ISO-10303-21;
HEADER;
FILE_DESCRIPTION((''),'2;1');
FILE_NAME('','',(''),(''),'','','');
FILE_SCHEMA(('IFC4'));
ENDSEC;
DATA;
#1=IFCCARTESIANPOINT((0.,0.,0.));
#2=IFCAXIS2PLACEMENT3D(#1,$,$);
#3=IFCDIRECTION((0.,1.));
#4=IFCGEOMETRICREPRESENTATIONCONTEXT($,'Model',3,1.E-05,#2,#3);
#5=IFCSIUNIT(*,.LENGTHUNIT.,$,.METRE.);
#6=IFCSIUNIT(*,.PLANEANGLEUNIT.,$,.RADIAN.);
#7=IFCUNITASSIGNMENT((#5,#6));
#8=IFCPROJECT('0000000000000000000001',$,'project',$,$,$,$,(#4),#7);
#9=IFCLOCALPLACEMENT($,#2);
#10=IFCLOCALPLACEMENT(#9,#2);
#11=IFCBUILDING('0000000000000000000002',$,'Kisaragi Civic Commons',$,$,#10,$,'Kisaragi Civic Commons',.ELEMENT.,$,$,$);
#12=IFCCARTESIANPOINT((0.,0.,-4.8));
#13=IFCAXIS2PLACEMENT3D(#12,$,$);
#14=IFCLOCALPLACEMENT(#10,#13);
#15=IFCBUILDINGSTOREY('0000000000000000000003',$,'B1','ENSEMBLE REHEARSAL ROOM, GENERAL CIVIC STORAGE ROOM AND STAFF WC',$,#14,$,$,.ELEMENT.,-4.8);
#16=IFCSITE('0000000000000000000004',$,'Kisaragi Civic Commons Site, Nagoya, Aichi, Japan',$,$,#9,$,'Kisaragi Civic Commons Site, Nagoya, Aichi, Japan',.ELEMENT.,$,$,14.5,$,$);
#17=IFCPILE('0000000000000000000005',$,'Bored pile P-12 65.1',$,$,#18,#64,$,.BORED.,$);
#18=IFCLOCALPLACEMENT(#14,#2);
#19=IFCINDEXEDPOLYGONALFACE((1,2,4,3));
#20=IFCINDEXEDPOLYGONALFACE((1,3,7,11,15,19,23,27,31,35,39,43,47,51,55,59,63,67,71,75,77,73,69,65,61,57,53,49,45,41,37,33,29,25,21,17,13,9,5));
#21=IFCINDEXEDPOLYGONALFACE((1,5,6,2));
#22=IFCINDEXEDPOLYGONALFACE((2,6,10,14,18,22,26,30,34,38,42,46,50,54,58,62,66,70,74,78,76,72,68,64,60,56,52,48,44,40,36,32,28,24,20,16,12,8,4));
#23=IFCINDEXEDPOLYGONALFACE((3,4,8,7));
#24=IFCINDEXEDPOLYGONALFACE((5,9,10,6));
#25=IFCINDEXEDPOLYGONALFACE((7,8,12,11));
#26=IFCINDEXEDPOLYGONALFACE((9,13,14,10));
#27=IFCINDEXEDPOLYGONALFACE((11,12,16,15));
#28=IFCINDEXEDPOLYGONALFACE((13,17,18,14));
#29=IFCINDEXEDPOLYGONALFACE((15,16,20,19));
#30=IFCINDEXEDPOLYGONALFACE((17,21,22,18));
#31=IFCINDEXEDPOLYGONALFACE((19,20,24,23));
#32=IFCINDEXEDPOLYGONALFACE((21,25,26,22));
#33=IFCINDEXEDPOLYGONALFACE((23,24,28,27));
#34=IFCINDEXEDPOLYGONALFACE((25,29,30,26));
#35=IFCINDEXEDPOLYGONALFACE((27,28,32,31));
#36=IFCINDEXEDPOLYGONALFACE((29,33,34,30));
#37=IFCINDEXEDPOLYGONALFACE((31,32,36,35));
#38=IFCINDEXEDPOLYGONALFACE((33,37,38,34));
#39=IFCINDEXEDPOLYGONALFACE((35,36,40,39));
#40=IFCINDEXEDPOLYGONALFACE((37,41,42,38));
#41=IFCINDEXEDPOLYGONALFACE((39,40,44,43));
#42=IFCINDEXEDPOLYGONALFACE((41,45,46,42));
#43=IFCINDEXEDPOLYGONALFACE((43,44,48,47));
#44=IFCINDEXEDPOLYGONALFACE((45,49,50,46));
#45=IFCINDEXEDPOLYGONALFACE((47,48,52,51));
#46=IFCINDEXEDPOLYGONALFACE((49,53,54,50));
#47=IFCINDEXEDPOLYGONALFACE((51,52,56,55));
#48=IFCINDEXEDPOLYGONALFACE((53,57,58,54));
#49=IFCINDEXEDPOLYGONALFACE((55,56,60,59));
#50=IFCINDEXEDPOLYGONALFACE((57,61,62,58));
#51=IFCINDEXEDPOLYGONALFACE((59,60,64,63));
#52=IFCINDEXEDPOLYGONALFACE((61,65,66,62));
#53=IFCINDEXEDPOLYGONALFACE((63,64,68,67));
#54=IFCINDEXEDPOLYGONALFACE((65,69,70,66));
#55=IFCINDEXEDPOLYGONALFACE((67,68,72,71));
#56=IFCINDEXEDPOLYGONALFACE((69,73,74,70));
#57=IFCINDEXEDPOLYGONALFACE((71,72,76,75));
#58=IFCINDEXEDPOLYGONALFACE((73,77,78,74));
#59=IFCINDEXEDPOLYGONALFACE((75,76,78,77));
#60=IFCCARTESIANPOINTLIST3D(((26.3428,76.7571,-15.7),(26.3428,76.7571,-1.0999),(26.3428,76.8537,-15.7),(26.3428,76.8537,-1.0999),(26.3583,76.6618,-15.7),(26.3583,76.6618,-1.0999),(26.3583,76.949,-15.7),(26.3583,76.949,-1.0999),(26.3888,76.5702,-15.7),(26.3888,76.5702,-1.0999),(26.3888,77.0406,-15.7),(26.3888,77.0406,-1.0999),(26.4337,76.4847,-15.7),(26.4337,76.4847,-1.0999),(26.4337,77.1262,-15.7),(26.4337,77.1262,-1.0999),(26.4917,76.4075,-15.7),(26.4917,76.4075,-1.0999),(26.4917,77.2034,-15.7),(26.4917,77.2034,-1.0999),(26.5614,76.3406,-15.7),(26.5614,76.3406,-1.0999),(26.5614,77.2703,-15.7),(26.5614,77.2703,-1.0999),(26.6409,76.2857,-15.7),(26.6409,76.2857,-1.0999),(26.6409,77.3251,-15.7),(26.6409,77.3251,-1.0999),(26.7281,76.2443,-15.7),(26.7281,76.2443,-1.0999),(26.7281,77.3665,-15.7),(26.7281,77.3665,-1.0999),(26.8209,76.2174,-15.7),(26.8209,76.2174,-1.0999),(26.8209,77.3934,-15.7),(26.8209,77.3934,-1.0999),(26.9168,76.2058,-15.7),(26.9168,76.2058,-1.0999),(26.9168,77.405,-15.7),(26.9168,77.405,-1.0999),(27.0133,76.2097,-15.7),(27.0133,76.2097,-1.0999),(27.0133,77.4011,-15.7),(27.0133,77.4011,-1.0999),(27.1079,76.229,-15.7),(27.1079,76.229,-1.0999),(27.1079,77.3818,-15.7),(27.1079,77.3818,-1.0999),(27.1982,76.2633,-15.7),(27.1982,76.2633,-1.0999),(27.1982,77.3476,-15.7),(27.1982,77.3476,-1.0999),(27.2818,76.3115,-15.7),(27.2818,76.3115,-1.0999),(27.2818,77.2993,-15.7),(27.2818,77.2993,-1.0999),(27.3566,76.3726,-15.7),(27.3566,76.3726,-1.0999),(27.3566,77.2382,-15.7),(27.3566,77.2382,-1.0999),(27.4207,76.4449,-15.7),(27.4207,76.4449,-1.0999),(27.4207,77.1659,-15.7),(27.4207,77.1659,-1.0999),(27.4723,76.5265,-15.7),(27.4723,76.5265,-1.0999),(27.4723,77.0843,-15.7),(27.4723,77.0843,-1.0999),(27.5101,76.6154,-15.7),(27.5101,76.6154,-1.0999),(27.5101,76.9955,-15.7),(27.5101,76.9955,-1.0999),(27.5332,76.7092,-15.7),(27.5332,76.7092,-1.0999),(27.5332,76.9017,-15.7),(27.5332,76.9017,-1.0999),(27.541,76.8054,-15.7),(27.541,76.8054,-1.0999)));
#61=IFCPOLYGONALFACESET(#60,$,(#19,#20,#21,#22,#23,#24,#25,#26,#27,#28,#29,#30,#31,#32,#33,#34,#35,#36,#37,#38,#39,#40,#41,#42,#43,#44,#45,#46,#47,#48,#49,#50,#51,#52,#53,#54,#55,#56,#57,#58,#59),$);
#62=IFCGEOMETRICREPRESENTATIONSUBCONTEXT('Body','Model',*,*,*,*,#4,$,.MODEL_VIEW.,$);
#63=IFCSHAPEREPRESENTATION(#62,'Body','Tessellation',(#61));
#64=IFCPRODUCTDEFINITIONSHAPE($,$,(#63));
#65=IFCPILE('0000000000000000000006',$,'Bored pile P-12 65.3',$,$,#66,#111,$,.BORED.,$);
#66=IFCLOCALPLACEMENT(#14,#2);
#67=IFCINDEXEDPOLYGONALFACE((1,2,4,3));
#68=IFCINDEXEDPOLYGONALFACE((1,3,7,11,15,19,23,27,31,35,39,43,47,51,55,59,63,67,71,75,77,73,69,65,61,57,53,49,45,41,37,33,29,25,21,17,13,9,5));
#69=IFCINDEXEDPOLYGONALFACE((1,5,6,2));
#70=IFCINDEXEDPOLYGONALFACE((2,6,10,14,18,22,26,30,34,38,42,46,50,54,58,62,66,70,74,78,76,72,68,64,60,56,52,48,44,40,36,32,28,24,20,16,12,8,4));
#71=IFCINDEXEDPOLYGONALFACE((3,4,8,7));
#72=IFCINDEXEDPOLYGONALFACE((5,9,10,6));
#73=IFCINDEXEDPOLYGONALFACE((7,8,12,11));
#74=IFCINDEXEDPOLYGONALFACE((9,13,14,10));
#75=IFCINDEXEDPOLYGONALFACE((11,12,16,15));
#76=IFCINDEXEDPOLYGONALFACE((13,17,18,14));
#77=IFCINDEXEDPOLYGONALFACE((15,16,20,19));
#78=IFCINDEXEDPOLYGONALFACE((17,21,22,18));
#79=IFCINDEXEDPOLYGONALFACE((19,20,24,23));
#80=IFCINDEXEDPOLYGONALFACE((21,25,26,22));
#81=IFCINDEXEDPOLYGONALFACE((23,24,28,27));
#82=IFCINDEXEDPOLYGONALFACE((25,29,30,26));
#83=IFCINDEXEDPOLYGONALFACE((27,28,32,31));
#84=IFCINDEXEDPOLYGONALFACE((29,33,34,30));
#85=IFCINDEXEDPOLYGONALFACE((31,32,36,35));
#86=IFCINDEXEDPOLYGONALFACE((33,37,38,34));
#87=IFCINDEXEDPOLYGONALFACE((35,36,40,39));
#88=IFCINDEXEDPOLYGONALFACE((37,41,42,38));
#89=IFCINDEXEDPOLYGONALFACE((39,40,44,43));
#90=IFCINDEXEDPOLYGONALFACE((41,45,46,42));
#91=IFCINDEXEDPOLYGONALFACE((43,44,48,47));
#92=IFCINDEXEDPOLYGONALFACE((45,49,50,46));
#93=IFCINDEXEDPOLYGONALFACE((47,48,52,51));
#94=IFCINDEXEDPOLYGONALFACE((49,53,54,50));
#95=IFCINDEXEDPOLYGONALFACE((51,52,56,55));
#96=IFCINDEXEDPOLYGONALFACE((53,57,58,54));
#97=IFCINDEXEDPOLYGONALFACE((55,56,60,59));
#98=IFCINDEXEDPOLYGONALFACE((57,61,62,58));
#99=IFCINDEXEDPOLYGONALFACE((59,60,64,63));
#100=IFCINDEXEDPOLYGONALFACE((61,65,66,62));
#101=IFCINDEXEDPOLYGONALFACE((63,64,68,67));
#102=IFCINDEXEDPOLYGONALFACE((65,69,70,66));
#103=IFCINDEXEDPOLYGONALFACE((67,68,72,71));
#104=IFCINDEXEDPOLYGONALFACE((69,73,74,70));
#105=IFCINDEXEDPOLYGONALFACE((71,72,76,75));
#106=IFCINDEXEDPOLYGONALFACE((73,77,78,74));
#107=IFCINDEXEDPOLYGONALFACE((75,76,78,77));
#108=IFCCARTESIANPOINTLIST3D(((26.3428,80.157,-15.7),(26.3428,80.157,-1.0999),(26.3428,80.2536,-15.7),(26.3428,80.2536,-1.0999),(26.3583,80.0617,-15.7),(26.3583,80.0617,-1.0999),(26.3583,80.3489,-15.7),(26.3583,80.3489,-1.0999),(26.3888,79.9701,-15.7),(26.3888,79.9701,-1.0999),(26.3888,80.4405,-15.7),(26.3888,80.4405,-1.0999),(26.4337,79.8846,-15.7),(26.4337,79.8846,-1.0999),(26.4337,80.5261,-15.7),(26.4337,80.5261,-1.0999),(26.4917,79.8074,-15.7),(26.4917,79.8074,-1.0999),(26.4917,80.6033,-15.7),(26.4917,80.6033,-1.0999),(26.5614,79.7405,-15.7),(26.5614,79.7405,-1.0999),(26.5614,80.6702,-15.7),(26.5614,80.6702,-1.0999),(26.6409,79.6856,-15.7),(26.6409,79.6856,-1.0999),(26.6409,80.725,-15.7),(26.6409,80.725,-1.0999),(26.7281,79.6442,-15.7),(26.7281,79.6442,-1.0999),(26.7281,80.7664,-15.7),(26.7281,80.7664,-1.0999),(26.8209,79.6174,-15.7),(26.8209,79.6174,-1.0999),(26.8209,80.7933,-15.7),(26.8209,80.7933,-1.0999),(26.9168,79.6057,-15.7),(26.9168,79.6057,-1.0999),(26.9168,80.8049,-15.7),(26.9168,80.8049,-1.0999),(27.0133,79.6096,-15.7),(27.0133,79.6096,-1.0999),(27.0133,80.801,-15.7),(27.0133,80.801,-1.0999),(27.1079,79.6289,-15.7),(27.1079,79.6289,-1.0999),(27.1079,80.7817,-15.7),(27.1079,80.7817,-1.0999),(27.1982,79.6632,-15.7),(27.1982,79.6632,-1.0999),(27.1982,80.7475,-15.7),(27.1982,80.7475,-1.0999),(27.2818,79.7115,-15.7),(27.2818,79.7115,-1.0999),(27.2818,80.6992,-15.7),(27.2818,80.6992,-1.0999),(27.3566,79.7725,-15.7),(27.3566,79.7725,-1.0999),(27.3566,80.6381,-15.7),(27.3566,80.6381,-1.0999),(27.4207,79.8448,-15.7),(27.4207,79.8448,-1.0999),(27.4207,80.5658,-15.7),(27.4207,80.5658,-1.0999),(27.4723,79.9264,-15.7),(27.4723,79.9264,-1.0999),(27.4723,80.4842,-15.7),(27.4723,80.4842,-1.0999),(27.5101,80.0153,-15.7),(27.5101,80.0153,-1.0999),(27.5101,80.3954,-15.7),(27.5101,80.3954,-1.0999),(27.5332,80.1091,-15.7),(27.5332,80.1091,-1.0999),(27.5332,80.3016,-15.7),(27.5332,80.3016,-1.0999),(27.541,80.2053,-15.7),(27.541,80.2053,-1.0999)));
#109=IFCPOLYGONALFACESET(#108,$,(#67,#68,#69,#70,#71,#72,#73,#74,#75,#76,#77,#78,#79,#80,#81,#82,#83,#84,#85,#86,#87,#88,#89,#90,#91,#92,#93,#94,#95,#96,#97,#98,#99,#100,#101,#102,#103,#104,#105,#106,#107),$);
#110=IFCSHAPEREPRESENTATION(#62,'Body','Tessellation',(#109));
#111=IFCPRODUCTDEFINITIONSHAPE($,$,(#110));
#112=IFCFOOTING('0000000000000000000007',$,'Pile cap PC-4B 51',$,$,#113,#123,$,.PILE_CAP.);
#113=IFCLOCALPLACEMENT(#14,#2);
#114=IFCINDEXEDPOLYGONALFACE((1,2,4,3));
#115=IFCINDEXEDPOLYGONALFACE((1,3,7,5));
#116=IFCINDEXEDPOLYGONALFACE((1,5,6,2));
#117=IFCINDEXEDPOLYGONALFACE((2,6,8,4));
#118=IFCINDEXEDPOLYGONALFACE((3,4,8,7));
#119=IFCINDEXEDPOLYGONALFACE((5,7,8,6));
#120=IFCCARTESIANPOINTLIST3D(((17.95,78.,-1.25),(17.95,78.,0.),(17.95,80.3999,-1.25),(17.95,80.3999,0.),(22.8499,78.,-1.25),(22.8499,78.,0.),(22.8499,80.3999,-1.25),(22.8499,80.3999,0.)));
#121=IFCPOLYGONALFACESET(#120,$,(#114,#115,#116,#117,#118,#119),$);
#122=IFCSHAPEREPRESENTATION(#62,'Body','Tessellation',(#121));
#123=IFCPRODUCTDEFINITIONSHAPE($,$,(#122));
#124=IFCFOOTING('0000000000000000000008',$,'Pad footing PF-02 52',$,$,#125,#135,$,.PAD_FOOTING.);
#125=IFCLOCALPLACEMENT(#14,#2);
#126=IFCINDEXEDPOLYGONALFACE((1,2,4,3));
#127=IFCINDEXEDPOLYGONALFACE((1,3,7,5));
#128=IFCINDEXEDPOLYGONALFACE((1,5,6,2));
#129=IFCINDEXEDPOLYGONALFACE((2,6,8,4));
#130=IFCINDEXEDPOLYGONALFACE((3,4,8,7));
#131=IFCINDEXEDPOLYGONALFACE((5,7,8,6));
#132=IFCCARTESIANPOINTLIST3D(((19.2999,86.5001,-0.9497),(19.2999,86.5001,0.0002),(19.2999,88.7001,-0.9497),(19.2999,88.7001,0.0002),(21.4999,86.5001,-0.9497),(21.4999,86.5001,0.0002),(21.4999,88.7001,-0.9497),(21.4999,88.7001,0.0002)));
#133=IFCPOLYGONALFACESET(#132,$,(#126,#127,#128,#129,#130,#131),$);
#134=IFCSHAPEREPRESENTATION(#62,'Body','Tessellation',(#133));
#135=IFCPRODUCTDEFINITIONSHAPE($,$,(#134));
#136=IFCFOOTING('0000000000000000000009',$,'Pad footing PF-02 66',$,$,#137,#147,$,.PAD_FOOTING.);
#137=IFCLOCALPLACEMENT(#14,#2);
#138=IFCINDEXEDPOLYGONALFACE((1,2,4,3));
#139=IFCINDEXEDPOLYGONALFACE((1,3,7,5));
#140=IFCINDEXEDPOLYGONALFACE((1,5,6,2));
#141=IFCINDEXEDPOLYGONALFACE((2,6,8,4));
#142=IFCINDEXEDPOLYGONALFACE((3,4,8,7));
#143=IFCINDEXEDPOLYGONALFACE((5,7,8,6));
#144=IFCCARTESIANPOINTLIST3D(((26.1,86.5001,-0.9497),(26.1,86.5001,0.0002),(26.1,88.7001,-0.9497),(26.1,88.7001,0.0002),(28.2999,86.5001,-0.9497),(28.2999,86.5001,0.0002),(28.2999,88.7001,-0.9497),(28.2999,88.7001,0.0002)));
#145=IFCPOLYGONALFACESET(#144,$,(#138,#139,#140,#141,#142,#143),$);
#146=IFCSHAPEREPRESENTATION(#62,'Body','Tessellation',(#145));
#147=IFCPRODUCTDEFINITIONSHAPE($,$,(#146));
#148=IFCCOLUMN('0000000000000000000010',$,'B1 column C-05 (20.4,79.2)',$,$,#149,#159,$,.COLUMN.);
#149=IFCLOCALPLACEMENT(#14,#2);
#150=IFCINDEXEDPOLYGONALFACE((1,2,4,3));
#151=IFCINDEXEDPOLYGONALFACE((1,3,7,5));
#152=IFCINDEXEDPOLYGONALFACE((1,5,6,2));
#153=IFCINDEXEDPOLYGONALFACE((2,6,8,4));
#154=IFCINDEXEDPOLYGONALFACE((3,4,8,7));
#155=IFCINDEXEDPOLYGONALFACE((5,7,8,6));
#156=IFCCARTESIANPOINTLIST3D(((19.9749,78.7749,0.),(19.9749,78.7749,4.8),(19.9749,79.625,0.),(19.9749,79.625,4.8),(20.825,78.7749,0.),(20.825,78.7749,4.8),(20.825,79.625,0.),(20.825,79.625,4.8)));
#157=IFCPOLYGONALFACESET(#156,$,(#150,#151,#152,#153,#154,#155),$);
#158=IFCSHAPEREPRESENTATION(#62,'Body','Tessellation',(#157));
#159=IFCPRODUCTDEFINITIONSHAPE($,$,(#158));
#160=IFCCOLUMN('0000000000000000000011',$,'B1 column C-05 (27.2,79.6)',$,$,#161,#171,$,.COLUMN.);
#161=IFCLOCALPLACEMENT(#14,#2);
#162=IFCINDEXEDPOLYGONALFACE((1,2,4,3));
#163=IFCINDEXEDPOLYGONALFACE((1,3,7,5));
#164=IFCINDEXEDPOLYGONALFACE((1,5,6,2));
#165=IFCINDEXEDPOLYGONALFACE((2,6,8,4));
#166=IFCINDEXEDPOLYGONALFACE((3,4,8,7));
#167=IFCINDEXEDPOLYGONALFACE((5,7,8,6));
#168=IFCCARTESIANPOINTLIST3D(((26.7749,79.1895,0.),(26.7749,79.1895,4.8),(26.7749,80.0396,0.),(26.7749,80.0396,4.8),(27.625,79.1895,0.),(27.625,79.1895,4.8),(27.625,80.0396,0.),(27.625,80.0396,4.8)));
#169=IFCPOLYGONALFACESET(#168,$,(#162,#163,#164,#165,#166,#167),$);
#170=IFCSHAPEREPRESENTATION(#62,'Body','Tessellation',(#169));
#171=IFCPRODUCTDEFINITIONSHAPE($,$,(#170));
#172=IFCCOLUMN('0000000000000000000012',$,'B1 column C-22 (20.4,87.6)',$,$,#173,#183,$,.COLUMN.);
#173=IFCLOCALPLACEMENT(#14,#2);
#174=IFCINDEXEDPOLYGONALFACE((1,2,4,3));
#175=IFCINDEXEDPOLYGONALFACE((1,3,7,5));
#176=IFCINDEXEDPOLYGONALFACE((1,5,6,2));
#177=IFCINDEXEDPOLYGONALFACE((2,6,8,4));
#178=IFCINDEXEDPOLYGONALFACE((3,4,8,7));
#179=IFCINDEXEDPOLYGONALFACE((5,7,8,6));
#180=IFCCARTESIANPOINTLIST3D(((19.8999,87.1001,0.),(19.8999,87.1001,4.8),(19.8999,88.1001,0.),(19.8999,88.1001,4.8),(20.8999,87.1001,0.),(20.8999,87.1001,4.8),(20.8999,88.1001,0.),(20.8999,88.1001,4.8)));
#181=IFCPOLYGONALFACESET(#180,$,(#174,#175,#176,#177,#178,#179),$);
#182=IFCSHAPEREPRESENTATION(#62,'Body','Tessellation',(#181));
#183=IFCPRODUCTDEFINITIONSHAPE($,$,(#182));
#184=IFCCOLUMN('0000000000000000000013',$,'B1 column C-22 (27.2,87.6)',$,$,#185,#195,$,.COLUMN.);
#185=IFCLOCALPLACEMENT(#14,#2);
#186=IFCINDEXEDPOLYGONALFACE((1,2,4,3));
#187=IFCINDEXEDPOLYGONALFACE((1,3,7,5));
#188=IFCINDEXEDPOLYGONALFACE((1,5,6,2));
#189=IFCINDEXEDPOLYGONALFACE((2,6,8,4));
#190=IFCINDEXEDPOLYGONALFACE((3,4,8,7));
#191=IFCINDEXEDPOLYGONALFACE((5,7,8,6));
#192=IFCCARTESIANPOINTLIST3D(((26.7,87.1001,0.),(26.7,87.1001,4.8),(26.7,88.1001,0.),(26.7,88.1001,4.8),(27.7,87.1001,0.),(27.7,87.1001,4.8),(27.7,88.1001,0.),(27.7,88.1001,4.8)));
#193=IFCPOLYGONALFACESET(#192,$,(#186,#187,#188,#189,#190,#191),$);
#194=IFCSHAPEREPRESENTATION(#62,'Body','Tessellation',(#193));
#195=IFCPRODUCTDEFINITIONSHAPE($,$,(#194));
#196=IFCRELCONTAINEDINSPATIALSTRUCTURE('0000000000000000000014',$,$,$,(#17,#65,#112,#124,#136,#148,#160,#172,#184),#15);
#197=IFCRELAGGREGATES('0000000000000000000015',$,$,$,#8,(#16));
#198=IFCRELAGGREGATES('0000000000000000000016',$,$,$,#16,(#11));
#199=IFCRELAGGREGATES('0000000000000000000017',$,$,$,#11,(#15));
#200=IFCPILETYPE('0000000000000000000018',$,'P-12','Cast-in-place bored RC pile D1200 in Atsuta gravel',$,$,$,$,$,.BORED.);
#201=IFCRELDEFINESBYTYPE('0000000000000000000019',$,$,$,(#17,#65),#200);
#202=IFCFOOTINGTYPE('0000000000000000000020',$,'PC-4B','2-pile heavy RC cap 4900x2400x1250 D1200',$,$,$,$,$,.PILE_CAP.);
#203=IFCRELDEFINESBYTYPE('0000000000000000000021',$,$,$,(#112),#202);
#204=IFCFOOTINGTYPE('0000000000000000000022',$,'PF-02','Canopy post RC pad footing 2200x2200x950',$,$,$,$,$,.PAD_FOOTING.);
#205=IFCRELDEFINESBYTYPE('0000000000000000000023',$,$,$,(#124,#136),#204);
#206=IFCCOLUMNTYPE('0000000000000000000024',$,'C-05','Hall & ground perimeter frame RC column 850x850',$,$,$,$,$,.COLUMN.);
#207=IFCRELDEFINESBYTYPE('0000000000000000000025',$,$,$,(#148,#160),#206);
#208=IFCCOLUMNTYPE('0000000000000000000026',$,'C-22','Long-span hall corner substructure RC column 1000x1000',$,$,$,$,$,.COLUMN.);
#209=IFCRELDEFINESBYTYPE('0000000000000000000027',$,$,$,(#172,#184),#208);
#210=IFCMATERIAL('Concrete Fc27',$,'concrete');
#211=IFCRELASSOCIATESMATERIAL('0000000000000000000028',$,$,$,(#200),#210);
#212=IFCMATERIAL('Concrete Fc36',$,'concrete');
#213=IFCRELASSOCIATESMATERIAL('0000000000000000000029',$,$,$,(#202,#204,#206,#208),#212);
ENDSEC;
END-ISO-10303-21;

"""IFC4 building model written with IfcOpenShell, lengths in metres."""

from ifc_helpers import new_model, si_unit, direction, frame, origin, origin_2d, place, context, subcontext, project, spatial, rectangle, circle, extrude, material, material_profile, profile_set, type_object, element, save


model = new_model("IFC4")

# Units and contexts
model_context = context("Model", 3, precision=1e-05, world=origin(), true_north=direction((0.0, 1.0)))
body_context = subcontext(model_context, "Body", "Model", "MODEL_VIEW")
ifc_project = project(units=[si_unit("LENGTHUNIT", "METRE"), si_unit("PLANEANGLEUNIT", "RADIAN")], contexts=[model_context])

# Site, building, storey
site_placement = place(None, origin())
site = spatial("IfcSite", under=ifc_project, at=site_placement, Name="Kisaragi Civic Commons Site, Nagoya, Aichi, Japan", LongName="Kisaragi Civic Commons Site, Nagoya, Aichi, Japan", CompositionType="ELEMENT", RefElevation=14.5)
building_placement = place(site_placement, origin())
building = spatial("IfcBuilding", under=site, at=building_placement, Name="Kisaragi Civic Commons", LongName="Kisaragi Civic Commons", CompositionType="ELEMENT")
storey_placement = place(building_placement, frame((0.0, 0.0, -4.8)))
storey = spatial("IfcBuildingStorey", under=building, at=storey_placement, Name="B1", Description="ENSEMBLE REHEARSAL ROOM, GENERAL CIVIC STORAGE ROOM AND STAFF WC", CompositionType="ELEMENT", Elevation=-4.8)

# Shared definitions
ifc_material_1 = material(Name="Concrete Fc27", Category="concrete")

# Piles
ifc_material_profile_1 = material_profile(ifc_material_1, circle(Radius=0.6001, at=origin_2d()), Name="PILE-D1200", Category="concrete")
ifc_profile_set_1 = profile_set([ifc_material_profile_1], Name="Concrete Fc27")
pile_type = type_object("IfcPileType", Name="P-12", Description="Cast-in-place bored RC pile D1200 in Atsuta gravel", PredefinedType="BORED", material=ifc_profile_set_1)
for number, where, z_axis, x_axis, name in (
    (1, (26.9409, 76.8054, -1.0999), (0.0, 0.0, -1.0), (1.0, 0.0, 0.0), "Bored pile P-12 65.1"),
    (2, (26.9409, 80.2053, -1.0999), (0.0, 0.0, -1.0), (1.0, 0.0, 0.0), "Bored pile P-12 65.3"),
):
    element("IfcPile", number, at=place(storey_placement, frame(where, z_axis=z_axis, x_axis=x_axis)), inside=storey, type_object=pile_type, Name=name, PredefinedType="BORED", context=body_context, shape_type="SweptSolid", body=[
        extrude(circle(Radius=0.6001, at=origin_2d()), origin(), (0.0, 0.0, 1.0), 14.6001),
    ])

# Footings
ifc_material_2 = material(Name="Concrete Fc36", Category="concrete")
footing_type_1 = type_object("IfcFootingType", Name="PC-4B", Description="2-pile heavy RC cap 4900x2400x1250 D1200", PredefinedType="PILE_CAP", material=ifc_material_2)
footing_1_placement = place(storey_placement, frame((20.3999, 79.2, -1.25), z_axis=(0.0, 0.0, 1.0), x_axis=(1.0, 0.0, 0.0)))
element("IfcFooting", 3, at=footing_1_placement, inside=storey, type_object=footing_type_1, Name="Pile cap PC-4B 51", PredefinedType="PILE_CAP", context=body_context, shape_type="SweptSolid", body=[
    extrude(rectangle(XDim=4.8999, YDim=2.3999, at=origin_2d()), origin(), (0.0, 0.0, 1.0), 1.25),
])
footing_type_2 = type_object("IfcFootingType", Name="PF-02", Description="Canopy post RC pad footing 2200x2200x950", PredefinedType="PAD_FOOTING", material=ifc_material_2)
for number, where, z_axis, x_axis, name in (
    (4, (20.3999, 87.6001, -0.9497), (0.0, 0.0, 1.0), (1.0, 0.0, 0.0), "Pad footing PF-02 52"),
    (5, (27.2, 87.6001, -0.9497), (0.0, 0.0, 1.0), (1.0, 0.0, 0.0), "Pad footing PF-02 66"),
):
    element("IfcFooting", number, at=place(storey_placement, frame(where, z_axis=z_axis, x_axis=x_axis)), inside=storey, type_object=footing_type_2, Name=name, PredefinedType="PAD_FOOTING", context=body_context, shape_type="SweptSolid", body=[
        extrude(rectangle(XDim=2.2, YDim=2.2, at=origin_2d()), origin(), (0.0, 0.0, 1.0), 0.95),
    ])

# Columns
ifc_material_profile_2 = material_profile(ifc_material_2, rectangle(XDim=0.8501, YDim=0.8501, at=origin_2d()), Name="RC-850x850", Category="concrete")
ifc_profile_set_2 = profile_set([ifc_material_profile_2], Name="Concrete Fc36")
column_type_1 = type_object("IfcColumnType", Name="C-05", Description="Hall & ground perimeter frame RC column 850x850", PredefinedType="COLUMN", material=ifc_profile_set_2)
for number, where, z_axis, x_axis, name in (
    (6, (20.3999, 79.2, 0.0), (0.0, 0.0, 1.0), (1.0, 0.0, 0.0), "B1 column C-05 (20.4,79.2)"),
    (7, (27.2, 79.6145, 0.0), (0.0, 0.0, 1.0), (1.0, 0.0, 0.0), "B1 column C-05 (27.2,79.6)"),
):
    element("IfcColumn", number, at=place(storey_placement, frame(where, z_axis=z_axis, x_axis=x_axis)), inside=storey, type_object=column_type_1, Name=name, PredefinedType="COLUMN", context=body_context, shape_type="SweptSolid", body=[
        extrude(rectangle(XDim=0.8501, YDim=0.8501, at=origin_2d()), origin(), (0.0, 0.0, 1.0), 4.8),
    ])
ifc_material_profile_3 = material_profile(ifc_material_2, rectangle(XDim=1.0, YDim=1.0, at=origin_2d()), Name="RC-1000x1000", Category="concrete")
ifc_profile_set_3 = profile_set([ifc_material_profile_3], Name="Concrete Fc36")
column_type_2 = type_object("IfcColumnType", Name="C-22", Description="Long-span hall corner substructure RC column 1000x1000", PredefinedType="COLUMN", material=ifc_profile_set_3)
for number, where, z_axis, x_axis, name in (
    (8, (20.3999, 87.6001, 0.0), (0.0, 0.0, 1.0), (1.0, 0.0, 0.0), "B1 column C-22 (20.4,87.6)"),
    (9, (27.2, 87.6001, 0.0), (0.0, 0.0, 1.0), (1.0, 0.0, 0.0), "B1 column C-22 (27.2,87.6)"),
):
    element("IfcColumn", number, at=place(storey_placement, frame(where, z_axis=z_axis, x_axis=x_axis)), inside=storey, type_object=column_type_2, Name=name, PredefinedType="COLUMN", context=body_context, shape_type="SweptSolid", body=[
        extrude(rectangle(XDim=1.0, YDim=1.0, at=origin_2d()), origin(), (0.0, 0.0, 1.0), 4.8),
    ])

save(model, "model.ifc")
